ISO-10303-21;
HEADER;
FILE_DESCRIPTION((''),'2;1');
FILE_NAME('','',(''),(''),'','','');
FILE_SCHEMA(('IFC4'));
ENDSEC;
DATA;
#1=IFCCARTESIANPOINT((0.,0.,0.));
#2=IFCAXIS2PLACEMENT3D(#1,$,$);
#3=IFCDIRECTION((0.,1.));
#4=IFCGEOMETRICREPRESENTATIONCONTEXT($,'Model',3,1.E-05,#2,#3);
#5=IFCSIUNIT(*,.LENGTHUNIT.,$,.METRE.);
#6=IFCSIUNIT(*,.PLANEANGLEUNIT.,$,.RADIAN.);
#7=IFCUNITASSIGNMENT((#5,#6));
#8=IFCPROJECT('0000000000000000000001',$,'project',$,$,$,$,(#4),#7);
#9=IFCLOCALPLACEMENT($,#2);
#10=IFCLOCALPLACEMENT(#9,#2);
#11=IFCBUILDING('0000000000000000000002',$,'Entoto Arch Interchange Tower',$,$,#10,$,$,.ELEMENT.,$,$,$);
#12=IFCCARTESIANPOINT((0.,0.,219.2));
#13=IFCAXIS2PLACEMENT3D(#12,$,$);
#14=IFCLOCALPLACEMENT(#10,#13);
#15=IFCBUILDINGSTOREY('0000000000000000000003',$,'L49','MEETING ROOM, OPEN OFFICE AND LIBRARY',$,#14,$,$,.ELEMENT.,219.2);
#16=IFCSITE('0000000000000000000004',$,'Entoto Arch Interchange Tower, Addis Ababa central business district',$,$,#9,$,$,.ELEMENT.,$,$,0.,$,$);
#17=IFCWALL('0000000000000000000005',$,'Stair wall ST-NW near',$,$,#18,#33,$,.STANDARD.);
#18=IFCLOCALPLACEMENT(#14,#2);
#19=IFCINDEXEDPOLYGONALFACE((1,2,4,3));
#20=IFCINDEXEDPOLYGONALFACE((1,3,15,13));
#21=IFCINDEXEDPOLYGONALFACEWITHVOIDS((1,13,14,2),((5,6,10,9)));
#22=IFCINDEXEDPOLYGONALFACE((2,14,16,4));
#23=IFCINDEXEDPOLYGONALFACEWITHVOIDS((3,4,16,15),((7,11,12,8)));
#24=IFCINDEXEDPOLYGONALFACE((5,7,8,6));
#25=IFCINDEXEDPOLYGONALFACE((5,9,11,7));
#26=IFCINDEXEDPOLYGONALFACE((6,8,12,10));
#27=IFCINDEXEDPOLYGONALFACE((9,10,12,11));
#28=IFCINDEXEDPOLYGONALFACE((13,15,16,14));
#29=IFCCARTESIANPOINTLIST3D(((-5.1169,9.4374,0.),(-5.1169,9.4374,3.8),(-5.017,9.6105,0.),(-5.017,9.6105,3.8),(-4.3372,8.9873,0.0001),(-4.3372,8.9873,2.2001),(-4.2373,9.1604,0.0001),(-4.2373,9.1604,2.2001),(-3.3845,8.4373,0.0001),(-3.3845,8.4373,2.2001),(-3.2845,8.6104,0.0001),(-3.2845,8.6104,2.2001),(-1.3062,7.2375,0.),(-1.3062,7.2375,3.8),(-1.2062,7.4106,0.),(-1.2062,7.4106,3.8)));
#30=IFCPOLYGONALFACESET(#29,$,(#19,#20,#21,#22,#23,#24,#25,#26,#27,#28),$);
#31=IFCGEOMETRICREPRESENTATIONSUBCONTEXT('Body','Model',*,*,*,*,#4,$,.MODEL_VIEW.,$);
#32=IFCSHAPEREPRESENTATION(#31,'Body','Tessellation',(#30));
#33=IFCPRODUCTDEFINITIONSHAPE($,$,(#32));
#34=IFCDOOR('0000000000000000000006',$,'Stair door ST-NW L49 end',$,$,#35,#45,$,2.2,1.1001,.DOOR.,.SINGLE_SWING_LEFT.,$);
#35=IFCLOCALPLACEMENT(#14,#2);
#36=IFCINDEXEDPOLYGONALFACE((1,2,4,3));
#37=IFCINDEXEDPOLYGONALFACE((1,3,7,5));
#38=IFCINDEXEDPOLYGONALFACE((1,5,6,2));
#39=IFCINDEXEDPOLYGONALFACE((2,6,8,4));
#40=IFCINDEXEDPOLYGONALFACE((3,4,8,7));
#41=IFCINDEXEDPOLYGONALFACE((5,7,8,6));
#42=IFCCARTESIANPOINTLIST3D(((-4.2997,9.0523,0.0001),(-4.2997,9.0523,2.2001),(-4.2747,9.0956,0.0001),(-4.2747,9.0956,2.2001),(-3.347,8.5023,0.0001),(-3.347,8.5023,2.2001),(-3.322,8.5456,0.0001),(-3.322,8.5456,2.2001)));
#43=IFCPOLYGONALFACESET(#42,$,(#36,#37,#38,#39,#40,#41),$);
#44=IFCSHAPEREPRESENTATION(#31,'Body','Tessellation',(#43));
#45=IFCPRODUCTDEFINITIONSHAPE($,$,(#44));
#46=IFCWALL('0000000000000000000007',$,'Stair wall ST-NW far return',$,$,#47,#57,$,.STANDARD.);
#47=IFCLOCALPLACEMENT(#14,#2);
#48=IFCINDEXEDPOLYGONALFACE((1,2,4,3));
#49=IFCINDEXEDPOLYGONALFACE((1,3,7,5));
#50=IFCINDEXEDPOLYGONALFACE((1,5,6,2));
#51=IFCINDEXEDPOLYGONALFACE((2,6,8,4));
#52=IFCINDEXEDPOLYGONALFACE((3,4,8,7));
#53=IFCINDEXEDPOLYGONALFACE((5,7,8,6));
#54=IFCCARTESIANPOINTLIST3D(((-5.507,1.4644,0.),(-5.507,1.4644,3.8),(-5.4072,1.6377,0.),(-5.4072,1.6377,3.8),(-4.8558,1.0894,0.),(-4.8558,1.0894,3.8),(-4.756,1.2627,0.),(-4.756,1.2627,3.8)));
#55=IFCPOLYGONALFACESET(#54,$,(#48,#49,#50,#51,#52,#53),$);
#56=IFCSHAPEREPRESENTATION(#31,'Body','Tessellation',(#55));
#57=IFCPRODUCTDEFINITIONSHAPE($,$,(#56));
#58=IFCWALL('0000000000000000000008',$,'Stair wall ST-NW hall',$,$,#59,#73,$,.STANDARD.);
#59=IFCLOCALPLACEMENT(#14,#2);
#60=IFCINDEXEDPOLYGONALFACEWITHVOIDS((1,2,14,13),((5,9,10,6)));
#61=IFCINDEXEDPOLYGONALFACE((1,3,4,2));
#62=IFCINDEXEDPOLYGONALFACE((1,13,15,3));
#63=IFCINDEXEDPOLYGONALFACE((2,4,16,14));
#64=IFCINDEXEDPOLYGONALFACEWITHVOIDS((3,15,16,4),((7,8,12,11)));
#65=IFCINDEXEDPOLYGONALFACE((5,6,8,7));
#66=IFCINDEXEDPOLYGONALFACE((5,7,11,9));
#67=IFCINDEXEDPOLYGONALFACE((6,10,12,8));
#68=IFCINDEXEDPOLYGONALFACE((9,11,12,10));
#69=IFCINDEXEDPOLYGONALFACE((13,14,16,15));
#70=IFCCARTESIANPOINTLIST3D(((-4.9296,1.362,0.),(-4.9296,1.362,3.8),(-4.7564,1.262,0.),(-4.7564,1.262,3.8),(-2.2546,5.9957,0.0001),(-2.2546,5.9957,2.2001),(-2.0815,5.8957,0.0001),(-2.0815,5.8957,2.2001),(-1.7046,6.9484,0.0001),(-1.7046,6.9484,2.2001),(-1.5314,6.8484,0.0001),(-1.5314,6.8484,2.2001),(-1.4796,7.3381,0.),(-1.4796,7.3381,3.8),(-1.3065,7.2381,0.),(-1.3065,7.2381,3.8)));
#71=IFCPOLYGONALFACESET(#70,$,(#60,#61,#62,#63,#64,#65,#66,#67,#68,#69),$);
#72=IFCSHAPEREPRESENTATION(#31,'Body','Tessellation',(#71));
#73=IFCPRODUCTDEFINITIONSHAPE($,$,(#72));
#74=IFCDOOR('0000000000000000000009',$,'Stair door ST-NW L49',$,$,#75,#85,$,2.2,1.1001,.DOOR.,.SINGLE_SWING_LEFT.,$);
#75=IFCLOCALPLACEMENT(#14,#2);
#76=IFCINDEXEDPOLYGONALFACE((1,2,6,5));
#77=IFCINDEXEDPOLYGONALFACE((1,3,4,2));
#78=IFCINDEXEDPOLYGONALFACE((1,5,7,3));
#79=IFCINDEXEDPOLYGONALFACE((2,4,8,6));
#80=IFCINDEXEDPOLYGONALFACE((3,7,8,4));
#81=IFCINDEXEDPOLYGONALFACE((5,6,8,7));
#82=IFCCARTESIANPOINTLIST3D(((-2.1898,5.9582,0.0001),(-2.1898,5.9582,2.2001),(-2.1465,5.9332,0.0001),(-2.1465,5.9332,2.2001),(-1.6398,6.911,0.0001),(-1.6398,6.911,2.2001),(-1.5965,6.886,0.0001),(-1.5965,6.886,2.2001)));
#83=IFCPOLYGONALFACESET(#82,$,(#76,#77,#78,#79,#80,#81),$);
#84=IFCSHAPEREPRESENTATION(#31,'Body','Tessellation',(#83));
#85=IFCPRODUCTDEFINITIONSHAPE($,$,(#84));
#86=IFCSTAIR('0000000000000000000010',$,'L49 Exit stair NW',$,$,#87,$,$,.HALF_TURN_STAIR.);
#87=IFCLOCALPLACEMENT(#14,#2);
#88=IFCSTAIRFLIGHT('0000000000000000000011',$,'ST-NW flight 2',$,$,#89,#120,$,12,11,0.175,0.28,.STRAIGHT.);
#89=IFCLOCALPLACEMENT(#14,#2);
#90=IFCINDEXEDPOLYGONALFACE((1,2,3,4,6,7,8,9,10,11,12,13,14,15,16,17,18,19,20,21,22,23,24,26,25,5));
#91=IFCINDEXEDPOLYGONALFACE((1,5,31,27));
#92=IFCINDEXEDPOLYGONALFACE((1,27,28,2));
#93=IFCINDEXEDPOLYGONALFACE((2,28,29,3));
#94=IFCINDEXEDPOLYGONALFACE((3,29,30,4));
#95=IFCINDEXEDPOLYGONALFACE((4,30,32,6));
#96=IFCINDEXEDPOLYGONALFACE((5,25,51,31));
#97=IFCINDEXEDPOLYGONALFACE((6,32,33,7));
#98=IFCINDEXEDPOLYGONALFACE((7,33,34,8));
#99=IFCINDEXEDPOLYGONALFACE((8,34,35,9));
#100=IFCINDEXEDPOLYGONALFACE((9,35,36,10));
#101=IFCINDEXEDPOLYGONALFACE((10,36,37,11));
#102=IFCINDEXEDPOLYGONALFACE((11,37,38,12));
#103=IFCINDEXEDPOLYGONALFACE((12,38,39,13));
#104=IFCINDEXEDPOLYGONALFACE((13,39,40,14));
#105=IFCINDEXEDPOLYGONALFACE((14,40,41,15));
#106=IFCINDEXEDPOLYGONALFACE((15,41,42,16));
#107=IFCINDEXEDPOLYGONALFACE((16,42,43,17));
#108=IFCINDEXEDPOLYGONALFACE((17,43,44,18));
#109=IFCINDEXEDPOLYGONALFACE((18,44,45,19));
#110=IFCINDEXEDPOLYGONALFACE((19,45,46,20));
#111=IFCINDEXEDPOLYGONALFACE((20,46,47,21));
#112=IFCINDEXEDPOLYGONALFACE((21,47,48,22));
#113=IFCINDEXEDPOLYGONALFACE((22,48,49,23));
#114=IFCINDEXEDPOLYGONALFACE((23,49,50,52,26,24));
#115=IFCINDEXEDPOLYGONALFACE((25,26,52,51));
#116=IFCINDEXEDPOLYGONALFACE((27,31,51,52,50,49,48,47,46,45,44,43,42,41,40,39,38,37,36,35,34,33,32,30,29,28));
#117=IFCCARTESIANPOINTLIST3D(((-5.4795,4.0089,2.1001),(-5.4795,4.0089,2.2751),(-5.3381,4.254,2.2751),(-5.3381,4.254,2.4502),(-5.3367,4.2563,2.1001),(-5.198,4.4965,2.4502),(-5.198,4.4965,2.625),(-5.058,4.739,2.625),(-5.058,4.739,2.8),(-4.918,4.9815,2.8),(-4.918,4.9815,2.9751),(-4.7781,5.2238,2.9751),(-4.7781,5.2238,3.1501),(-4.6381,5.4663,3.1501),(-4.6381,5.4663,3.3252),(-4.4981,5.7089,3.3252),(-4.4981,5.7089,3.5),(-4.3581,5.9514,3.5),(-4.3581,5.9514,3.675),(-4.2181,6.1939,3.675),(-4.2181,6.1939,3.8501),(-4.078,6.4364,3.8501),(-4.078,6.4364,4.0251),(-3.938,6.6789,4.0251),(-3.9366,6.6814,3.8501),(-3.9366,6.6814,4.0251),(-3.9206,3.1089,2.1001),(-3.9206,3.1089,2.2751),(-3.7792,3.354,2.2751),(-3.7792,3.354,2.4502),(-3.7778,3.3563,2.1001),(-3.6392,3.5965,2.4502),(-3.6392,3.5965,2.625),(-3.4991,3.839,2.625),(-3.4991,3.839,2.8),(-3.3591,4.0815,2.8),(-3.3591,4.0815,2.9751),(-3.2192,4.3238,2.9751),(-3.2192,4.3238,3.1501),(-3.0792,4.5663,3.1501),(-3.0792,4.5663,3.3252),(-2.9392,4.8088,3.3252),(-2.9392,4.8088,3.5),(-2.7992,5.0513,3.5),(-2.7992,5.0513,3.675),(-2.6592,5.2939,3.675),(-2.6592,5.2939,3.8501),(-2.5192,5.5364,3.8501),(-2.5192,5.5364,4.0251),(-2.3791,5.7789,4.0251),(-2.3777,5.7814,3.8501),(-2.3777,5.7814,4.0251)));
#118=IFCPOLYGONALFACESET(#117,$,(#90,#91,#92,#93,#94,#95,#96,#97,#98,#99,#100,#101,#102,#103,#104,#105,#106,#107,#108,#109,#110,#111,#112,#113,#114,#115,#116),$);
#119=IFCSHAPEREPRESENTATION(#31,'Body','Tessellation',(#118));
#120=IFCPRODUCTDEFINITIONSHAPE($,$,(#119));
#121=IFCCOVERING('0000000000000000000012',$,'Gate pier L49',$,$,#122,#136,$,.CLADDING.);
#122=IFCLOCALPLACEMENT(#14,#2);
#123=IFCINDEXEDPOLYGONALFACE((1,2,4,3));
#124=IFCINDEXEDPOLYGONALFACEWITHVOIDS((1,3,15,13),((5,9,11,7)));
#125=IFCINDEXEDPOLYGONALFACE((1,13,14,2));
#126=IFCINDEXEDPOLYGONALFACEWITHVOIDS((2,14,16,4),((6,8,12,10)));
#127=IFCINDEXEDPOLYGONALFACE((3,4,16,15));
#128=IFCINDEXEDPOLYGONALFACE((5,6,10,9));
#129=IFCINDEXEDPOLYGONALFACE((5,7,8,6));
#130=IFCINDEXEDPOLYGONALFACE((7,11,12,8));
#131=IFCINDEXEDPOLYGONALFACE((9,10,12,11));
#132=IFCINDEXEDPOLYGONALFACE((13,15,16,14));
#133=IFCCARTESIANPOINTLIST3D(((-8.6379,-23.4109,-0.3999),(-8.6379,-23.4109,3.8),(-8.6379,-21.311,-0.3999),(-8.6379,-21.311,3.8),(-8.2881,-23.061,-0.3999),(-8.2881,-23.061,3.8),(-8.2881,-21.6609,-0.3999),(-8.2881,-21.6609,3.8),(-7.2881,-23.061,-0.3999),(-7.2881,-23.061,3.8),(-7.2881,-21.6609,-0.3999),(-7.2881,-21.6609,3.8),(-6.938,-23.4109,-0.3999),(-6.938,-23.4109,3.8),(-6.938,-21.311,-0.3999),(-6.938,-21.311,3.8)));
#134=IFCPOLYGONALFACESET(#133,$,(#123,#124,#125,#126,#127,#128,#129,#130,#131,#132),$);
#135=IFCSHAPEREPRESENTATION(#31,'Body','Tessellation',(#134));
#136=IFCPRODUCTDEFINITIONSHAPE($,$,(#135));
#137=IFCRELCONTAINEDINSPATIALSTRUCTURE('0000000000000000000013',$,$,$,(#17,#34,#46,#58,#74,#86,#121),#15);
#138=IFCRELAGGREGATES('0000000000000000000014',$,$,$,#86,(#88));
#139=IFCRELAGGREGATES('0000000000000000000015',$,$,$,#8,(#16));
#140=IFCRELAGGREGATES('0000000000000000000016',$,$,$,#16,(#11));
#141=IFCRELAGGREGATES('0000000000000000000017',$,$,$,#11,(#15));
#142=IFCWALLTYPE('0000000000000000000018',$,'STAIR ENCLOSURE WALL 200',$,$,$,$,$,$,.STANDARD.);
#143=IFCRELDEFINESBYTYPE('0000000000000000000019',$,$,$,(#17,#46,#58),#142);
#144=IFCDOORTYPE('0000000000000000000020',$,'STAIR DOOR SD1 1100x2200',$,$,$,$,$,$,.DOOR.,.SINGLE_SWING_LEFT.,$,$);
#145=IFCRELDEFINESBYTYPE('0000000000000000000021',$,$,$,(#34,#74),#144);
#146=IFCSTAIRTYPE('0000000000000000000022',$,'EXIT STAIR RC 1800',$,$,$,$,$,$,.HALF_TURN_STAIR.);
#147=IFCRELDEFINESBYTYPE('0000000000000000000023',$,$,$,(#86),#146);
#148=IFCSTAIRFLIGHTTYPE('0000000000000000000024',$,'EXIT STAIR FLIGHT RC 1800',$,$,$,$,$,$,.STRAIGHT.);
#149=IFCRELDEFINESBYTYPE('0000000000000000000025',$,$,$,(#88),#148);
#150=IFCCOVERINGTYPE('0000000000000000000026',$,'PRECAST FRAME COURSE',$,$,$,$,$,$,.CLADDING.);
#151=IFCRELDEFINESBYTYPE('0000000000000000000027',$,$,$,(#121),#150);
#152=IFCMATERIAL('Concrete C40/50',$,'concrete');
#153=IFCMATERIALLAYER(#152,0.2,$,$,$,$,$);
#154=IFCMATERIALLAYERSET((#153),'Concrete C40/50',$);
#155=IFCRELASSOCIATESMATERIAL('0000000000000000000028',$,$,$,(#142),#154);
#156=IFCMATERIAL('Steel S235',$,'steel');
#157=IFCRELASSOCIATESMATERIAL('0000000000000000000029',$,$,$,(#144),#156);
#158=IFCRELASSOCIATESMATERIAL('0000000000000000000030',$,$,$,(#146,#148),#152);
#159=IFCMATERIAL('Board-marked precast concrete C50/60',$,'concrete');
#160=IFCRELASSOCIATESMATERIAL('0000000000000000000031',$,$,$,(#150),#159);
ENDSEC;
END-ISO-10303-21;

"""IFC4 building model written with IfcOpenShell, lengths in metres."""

from ifc_helpers import new_model, si_unit, direction, frame, frame_2d, origin, place, context, subcontext, project, spatial, polyline, rectangle, outline, extrude, material, layer, layer_set, type_object, element, fill, aggregate, save


model = new_model("IFC4")

# Units and contexts
model_context = context("Model", 3, precision=1e-05, world=origin(), true_north=direction((0.0, 1.0)))
body_context = subcontext(model_context, "Body", "Model", "MODEL_VIEW")
ifc_project = project(units=[si_unit("LENGTHUNIT", "METRE"), si_unit("PLANEANGLEUNIT", "RADIAN")], contexts=[model_context])

# Site, building, storey
site_placement = place(None, origin())
site = spatial("IfcSite", under=ifc_project, at=site_placement, Name="Entoto Arch Interchange Tower, Addis Ababa central business district", CompositionType="ELEMENT", RefElevation=0.0)
building_placement = place(site_placement, origin())
building = spatial("IfcBuilding", under=site, at=building_placement, Name="Entoto Arch Interchange Tower", CompositionType="ELEMENT")
storey_placement = place(building_placement, frame((0.0, 0.0, 219.2)))
storey = spatial("IfcBuildingStorey", under=building, at=storey_placement, Name="L49", Description="MEETING ROOM, OPEN OFFICE AND LIBRARY", CompositionType="ELEMENT", Elevation=219.2)

# Wall, opening, door
ifc_material_1 = material(Name="Concrete C40/50", Category="concrete")
ifc_layer_1 = layer(ifc_material_1, 0.2)
ifc_layer_set_1 = layer_set([ifc_layer_1], Name="Concrete C40/50")
wall_type_1 = type_object("IfcWallType", Name="STAIR ENCLOSURE WALL 200", PredefinedType="STANDARD", material=ifc_layer_set_1)
wall_1_placement = place(storey_placement, frame((-1.2561, 7.324, 0.0), z_axis=(0.0, 0.0, 1.0), x_axis=(-0.866046, 0.499964, 0.0)))
wall_1 = element("IfcWall", 1, at=wall_1_placement, inside=storey, type_object=wall_type_1, Name="Stair wall ST-NW near", PredefinedType="STANDARD", context=body_context, shape_type="SweptSolid", body=[
    extrude(rectangle(XDim=4.4001, YDim=0.2, at=frame_2d((2.2002, 0.0))), origin(), (0.0, 0.0, 1.0), 3.8),
])
opening_1_placement = place(wall_1_placement, frame((2.3999, 0.0, 0.0)))
opening_1 = element("IfcOpeningElement", 2, at=opening_1_placement, cuts=wall_1, PredefinedType="OPENING", context=body_context, shape_type="SweptSolid", body=[
    extrude(rectangle(XDim=1.1001, YDim=2.2, at=frame_2d((0.55, 1.1001))), frame((0.0, 0.1099, 0.0), z_axis=(0.0, -1.0, 0.0), x_axis=(1.0, 0.0, 0.0)), (0.0, 0.0, 1.0), 0.22),
])
ifc_material_2 = material(Name="Steel S235", Category="steel")
door_type_1 = type_object("IfcDoorType", Name="STAIR DOOR SD1 1100x2200", OperationType="SINGLE_SWING_LEFT", PredefinedType="DOOR", material=ifc_material_2)
door_1_placement = place(opening_1_placement, origin())
door_1 = element("IfcDoor", 3, at=door_1_placement, inside=storey, type_object=door_type_1, Name="Stair door ST-NW L49 end", OperationType="SINGLE_SWING_LEFT", OverallHeight=2.2, OverallWidth=1.1001, PredefinedType="DOOR", context=body_context, shape_type="SweptSolid", body=[
    extrude(rectangle(XDim=1.1001, YDim=2.2, at=frame_2d((0.55, 1.1001))), frame((0.0, 0.0249, 0.0), z_axis=(0.0, -1.0, 0.0), x_axis=(1.0, 0.0, 0.0)), (0.0, 0.0, 1.0), 0.05),
])
fill(opening_1, door_1)

# Wall
wall_2_placement = place(storey_placement, frame((-4.8059, 1.176, 0.0), z_axis=(0.0, 0.0, 1.0), x_axis=(-0.866559, 0.499075, 0.0)))
element("IfcWall", 4, at=wall_2_placement, inside=storey, type_object=wall_type_1, Name="Stair wall ST-NW far return", PredefinedType="STANDARD", context=body_context, shape_type="SweptSolid", body=[
    extrude(rectangle(XDim=0.7515, YDim=0.2, at=frame_2d((0.3757, 0.0))), origin(), (0.0, 0.0, 1.0), 3.8),
])

# Wall, opening, door
wall_3_placement = place(storey_placement, frame((-1.3931, 7.2881, 0.0), z_axis=(0.0, 0.0, 1.0), x_axis=(-0.499963, -0.866047, 0.0)))
wall_3 = element("IfcWall", 5, at=wall_3_placement, inside=storey, type_object=wall_type_1, Name="Stair wall ST-NW hall", PredefinedType="STANDARD", context=body_context, shape_type="SweptSolid", body=[
    extrude(rectangle(XDim=6.9004, YDim=0.2, at=frame_2d((3.4502, 0.0))), origin(), (0.0, 0.0, 1.0), 3.8),
])
opening_2_placement = place(wall_3_placement, frame((0.45, 0.0, 0.0)))
opening_2 = element("IfcOpeningElement", 6, at=opening_2_placement, cuts=wall_3, PredefinedType="OPENING", context=body_context, shape_type="SweptSolid", body=[
    extrude(rectangle(XDim=1.1001, YDim=2.2, at=frame_2d((0.55, 1.1001))), frame((0.0, 0.1099, 0.0), z_axis=(0.0, -1.0, 0.0), x_axis=(1.0, 0.0, 0.0)), (0.0, 0.0, 1.0), 0.22),
])
door_2_placement = place(opening_2_placement, origin())
door_2 = element("IfcDoor", 7, at=door_2_placement, inside=storey, type_object=door_type_1, Name="Stair door ST-NW L49", OperationType="SINGLE_SWING_LEFT", OverallHeight=2.2, OverallWidth=1.1001, PredefinedType="DOOR", context=body_context, shape_type="SweptSolid", body=[
    extrude(rectangle(XDim=1.1001, YDim=2.2, at=frame_2d((0.55, 1.1001))), frame((0.0, 0.0249, 0.0), z_axis=(0.0, -1.0, 0.0), x_axis=(1.0, 0.0, 0.0)), (0.0, 0.0, 1.0), 0.05),
])
fill(opening_2, door_2)

# Stair, stair flight
stair_type = type_object("IfcStairType", Name="EXIT STAIR RC 1800", PredefinedType="HALF_TURN_STAIR", material=ifc_material_1)
stair_placement = place(storey_placement, origin())
stair = element("IfcStair", 8, at=stair_placement, inside=storey, type_object=stair_type, Name="L49 Exit stair NW", PredefinedType="HALF_TURN_STAIR")
stair_flight_type = type_object("IfcStairFlightType", Name="EXIT STAIR FLIGHT RC 1800", PredefinedType="STRAIGHT", material=ifc_material_1)
stair_flight_placement = place(storey_placement, frame((-4.6987, 3.5615, 2.1001), z_axis=(0.0, 0.0, 1.0), x_axis=(0.5, 0.866025, 0.0)))
stair_flight = element("IfcStairFlight", 9, at=stair_flight_placement, type_object=stair_flight_type, Name="ST-NW flight 2", NumberOfRisers=12, NumberOfTreads=11, PredefinedType="STRAIGHT", RiserHeight=0.175, TreadLength=0.28, context=body_context, shape_type="SweptSolid", body=[
    extrude(outline(polyline([(-0.0029, 0.0), (-0.0029, 0.175), (0.28, 0.175), (0.28, 0.3501), (0.5601, 0.3501), (0.5601, 0.5249), (0.8401, 0.5249), (0.8401, 0.7), (1.1201, 0.7), (1.1201, 0.875), (1.3999, 0.875), (1.3999, 1.05), (1.6799, 1.05), (1.6799, 1.2251), (1.96, 1.2251), (1.96, 1.3999), (2.24, 1.3999), (2.24, 1.575), (2.52, 1.575), (2.52, 1.75), (2.8, 1.75), (2.8, 1.925), (3.0801, 1.925), (3.083, 1.925), (3.083, 1.75), (0.2827, 0.0), (-0.0029, 0.0)])), frame((0.0, 0.8999, 0.0), z_axis=(0.0, -1.0, 0.0), x_axis=(1.0, 0.0, 0.0)), (0.0, 0.0, 1.0), 1.8),
])
aggregate(stair, [stair_flight])

# Covering
ifc_material_3 = material(Name="Board-marked precast concrete C50/60", Category="concrete")
covering_type = type_object("IfcCoveringType", Name="PRECAST FRAME COURSE", PredefinedType="CLADDING", material=ifc_material_3)
covering_placement = place(storey_placement, frame((0.0, 0.0, -0.3999)))
element("IfcCovering", 10, at=covering_placement, inside=storey, type_object=covering_type, Name="Gate pier L49", PredefinedType="CLADDING", context=body_context, shape_type="SweptSolid", body=[
    extrude(outline(polyline([(-8.6379, -21.311), (-6.938, -21.311), (-6.938, -23.4109), (-8.6379, -23.4109), (-8.6379, -21.311)]), holes=[polyline([(-8.2881, -21.6609), (-8.2881, -23.061), (-7.2881, -23.061), (-7.2881, -21.6609), (-8.2881, -21.6609)])]), origin(), (0.0, 0.0, 1.0), 4.2),
])

save(model, "model.ifc")
